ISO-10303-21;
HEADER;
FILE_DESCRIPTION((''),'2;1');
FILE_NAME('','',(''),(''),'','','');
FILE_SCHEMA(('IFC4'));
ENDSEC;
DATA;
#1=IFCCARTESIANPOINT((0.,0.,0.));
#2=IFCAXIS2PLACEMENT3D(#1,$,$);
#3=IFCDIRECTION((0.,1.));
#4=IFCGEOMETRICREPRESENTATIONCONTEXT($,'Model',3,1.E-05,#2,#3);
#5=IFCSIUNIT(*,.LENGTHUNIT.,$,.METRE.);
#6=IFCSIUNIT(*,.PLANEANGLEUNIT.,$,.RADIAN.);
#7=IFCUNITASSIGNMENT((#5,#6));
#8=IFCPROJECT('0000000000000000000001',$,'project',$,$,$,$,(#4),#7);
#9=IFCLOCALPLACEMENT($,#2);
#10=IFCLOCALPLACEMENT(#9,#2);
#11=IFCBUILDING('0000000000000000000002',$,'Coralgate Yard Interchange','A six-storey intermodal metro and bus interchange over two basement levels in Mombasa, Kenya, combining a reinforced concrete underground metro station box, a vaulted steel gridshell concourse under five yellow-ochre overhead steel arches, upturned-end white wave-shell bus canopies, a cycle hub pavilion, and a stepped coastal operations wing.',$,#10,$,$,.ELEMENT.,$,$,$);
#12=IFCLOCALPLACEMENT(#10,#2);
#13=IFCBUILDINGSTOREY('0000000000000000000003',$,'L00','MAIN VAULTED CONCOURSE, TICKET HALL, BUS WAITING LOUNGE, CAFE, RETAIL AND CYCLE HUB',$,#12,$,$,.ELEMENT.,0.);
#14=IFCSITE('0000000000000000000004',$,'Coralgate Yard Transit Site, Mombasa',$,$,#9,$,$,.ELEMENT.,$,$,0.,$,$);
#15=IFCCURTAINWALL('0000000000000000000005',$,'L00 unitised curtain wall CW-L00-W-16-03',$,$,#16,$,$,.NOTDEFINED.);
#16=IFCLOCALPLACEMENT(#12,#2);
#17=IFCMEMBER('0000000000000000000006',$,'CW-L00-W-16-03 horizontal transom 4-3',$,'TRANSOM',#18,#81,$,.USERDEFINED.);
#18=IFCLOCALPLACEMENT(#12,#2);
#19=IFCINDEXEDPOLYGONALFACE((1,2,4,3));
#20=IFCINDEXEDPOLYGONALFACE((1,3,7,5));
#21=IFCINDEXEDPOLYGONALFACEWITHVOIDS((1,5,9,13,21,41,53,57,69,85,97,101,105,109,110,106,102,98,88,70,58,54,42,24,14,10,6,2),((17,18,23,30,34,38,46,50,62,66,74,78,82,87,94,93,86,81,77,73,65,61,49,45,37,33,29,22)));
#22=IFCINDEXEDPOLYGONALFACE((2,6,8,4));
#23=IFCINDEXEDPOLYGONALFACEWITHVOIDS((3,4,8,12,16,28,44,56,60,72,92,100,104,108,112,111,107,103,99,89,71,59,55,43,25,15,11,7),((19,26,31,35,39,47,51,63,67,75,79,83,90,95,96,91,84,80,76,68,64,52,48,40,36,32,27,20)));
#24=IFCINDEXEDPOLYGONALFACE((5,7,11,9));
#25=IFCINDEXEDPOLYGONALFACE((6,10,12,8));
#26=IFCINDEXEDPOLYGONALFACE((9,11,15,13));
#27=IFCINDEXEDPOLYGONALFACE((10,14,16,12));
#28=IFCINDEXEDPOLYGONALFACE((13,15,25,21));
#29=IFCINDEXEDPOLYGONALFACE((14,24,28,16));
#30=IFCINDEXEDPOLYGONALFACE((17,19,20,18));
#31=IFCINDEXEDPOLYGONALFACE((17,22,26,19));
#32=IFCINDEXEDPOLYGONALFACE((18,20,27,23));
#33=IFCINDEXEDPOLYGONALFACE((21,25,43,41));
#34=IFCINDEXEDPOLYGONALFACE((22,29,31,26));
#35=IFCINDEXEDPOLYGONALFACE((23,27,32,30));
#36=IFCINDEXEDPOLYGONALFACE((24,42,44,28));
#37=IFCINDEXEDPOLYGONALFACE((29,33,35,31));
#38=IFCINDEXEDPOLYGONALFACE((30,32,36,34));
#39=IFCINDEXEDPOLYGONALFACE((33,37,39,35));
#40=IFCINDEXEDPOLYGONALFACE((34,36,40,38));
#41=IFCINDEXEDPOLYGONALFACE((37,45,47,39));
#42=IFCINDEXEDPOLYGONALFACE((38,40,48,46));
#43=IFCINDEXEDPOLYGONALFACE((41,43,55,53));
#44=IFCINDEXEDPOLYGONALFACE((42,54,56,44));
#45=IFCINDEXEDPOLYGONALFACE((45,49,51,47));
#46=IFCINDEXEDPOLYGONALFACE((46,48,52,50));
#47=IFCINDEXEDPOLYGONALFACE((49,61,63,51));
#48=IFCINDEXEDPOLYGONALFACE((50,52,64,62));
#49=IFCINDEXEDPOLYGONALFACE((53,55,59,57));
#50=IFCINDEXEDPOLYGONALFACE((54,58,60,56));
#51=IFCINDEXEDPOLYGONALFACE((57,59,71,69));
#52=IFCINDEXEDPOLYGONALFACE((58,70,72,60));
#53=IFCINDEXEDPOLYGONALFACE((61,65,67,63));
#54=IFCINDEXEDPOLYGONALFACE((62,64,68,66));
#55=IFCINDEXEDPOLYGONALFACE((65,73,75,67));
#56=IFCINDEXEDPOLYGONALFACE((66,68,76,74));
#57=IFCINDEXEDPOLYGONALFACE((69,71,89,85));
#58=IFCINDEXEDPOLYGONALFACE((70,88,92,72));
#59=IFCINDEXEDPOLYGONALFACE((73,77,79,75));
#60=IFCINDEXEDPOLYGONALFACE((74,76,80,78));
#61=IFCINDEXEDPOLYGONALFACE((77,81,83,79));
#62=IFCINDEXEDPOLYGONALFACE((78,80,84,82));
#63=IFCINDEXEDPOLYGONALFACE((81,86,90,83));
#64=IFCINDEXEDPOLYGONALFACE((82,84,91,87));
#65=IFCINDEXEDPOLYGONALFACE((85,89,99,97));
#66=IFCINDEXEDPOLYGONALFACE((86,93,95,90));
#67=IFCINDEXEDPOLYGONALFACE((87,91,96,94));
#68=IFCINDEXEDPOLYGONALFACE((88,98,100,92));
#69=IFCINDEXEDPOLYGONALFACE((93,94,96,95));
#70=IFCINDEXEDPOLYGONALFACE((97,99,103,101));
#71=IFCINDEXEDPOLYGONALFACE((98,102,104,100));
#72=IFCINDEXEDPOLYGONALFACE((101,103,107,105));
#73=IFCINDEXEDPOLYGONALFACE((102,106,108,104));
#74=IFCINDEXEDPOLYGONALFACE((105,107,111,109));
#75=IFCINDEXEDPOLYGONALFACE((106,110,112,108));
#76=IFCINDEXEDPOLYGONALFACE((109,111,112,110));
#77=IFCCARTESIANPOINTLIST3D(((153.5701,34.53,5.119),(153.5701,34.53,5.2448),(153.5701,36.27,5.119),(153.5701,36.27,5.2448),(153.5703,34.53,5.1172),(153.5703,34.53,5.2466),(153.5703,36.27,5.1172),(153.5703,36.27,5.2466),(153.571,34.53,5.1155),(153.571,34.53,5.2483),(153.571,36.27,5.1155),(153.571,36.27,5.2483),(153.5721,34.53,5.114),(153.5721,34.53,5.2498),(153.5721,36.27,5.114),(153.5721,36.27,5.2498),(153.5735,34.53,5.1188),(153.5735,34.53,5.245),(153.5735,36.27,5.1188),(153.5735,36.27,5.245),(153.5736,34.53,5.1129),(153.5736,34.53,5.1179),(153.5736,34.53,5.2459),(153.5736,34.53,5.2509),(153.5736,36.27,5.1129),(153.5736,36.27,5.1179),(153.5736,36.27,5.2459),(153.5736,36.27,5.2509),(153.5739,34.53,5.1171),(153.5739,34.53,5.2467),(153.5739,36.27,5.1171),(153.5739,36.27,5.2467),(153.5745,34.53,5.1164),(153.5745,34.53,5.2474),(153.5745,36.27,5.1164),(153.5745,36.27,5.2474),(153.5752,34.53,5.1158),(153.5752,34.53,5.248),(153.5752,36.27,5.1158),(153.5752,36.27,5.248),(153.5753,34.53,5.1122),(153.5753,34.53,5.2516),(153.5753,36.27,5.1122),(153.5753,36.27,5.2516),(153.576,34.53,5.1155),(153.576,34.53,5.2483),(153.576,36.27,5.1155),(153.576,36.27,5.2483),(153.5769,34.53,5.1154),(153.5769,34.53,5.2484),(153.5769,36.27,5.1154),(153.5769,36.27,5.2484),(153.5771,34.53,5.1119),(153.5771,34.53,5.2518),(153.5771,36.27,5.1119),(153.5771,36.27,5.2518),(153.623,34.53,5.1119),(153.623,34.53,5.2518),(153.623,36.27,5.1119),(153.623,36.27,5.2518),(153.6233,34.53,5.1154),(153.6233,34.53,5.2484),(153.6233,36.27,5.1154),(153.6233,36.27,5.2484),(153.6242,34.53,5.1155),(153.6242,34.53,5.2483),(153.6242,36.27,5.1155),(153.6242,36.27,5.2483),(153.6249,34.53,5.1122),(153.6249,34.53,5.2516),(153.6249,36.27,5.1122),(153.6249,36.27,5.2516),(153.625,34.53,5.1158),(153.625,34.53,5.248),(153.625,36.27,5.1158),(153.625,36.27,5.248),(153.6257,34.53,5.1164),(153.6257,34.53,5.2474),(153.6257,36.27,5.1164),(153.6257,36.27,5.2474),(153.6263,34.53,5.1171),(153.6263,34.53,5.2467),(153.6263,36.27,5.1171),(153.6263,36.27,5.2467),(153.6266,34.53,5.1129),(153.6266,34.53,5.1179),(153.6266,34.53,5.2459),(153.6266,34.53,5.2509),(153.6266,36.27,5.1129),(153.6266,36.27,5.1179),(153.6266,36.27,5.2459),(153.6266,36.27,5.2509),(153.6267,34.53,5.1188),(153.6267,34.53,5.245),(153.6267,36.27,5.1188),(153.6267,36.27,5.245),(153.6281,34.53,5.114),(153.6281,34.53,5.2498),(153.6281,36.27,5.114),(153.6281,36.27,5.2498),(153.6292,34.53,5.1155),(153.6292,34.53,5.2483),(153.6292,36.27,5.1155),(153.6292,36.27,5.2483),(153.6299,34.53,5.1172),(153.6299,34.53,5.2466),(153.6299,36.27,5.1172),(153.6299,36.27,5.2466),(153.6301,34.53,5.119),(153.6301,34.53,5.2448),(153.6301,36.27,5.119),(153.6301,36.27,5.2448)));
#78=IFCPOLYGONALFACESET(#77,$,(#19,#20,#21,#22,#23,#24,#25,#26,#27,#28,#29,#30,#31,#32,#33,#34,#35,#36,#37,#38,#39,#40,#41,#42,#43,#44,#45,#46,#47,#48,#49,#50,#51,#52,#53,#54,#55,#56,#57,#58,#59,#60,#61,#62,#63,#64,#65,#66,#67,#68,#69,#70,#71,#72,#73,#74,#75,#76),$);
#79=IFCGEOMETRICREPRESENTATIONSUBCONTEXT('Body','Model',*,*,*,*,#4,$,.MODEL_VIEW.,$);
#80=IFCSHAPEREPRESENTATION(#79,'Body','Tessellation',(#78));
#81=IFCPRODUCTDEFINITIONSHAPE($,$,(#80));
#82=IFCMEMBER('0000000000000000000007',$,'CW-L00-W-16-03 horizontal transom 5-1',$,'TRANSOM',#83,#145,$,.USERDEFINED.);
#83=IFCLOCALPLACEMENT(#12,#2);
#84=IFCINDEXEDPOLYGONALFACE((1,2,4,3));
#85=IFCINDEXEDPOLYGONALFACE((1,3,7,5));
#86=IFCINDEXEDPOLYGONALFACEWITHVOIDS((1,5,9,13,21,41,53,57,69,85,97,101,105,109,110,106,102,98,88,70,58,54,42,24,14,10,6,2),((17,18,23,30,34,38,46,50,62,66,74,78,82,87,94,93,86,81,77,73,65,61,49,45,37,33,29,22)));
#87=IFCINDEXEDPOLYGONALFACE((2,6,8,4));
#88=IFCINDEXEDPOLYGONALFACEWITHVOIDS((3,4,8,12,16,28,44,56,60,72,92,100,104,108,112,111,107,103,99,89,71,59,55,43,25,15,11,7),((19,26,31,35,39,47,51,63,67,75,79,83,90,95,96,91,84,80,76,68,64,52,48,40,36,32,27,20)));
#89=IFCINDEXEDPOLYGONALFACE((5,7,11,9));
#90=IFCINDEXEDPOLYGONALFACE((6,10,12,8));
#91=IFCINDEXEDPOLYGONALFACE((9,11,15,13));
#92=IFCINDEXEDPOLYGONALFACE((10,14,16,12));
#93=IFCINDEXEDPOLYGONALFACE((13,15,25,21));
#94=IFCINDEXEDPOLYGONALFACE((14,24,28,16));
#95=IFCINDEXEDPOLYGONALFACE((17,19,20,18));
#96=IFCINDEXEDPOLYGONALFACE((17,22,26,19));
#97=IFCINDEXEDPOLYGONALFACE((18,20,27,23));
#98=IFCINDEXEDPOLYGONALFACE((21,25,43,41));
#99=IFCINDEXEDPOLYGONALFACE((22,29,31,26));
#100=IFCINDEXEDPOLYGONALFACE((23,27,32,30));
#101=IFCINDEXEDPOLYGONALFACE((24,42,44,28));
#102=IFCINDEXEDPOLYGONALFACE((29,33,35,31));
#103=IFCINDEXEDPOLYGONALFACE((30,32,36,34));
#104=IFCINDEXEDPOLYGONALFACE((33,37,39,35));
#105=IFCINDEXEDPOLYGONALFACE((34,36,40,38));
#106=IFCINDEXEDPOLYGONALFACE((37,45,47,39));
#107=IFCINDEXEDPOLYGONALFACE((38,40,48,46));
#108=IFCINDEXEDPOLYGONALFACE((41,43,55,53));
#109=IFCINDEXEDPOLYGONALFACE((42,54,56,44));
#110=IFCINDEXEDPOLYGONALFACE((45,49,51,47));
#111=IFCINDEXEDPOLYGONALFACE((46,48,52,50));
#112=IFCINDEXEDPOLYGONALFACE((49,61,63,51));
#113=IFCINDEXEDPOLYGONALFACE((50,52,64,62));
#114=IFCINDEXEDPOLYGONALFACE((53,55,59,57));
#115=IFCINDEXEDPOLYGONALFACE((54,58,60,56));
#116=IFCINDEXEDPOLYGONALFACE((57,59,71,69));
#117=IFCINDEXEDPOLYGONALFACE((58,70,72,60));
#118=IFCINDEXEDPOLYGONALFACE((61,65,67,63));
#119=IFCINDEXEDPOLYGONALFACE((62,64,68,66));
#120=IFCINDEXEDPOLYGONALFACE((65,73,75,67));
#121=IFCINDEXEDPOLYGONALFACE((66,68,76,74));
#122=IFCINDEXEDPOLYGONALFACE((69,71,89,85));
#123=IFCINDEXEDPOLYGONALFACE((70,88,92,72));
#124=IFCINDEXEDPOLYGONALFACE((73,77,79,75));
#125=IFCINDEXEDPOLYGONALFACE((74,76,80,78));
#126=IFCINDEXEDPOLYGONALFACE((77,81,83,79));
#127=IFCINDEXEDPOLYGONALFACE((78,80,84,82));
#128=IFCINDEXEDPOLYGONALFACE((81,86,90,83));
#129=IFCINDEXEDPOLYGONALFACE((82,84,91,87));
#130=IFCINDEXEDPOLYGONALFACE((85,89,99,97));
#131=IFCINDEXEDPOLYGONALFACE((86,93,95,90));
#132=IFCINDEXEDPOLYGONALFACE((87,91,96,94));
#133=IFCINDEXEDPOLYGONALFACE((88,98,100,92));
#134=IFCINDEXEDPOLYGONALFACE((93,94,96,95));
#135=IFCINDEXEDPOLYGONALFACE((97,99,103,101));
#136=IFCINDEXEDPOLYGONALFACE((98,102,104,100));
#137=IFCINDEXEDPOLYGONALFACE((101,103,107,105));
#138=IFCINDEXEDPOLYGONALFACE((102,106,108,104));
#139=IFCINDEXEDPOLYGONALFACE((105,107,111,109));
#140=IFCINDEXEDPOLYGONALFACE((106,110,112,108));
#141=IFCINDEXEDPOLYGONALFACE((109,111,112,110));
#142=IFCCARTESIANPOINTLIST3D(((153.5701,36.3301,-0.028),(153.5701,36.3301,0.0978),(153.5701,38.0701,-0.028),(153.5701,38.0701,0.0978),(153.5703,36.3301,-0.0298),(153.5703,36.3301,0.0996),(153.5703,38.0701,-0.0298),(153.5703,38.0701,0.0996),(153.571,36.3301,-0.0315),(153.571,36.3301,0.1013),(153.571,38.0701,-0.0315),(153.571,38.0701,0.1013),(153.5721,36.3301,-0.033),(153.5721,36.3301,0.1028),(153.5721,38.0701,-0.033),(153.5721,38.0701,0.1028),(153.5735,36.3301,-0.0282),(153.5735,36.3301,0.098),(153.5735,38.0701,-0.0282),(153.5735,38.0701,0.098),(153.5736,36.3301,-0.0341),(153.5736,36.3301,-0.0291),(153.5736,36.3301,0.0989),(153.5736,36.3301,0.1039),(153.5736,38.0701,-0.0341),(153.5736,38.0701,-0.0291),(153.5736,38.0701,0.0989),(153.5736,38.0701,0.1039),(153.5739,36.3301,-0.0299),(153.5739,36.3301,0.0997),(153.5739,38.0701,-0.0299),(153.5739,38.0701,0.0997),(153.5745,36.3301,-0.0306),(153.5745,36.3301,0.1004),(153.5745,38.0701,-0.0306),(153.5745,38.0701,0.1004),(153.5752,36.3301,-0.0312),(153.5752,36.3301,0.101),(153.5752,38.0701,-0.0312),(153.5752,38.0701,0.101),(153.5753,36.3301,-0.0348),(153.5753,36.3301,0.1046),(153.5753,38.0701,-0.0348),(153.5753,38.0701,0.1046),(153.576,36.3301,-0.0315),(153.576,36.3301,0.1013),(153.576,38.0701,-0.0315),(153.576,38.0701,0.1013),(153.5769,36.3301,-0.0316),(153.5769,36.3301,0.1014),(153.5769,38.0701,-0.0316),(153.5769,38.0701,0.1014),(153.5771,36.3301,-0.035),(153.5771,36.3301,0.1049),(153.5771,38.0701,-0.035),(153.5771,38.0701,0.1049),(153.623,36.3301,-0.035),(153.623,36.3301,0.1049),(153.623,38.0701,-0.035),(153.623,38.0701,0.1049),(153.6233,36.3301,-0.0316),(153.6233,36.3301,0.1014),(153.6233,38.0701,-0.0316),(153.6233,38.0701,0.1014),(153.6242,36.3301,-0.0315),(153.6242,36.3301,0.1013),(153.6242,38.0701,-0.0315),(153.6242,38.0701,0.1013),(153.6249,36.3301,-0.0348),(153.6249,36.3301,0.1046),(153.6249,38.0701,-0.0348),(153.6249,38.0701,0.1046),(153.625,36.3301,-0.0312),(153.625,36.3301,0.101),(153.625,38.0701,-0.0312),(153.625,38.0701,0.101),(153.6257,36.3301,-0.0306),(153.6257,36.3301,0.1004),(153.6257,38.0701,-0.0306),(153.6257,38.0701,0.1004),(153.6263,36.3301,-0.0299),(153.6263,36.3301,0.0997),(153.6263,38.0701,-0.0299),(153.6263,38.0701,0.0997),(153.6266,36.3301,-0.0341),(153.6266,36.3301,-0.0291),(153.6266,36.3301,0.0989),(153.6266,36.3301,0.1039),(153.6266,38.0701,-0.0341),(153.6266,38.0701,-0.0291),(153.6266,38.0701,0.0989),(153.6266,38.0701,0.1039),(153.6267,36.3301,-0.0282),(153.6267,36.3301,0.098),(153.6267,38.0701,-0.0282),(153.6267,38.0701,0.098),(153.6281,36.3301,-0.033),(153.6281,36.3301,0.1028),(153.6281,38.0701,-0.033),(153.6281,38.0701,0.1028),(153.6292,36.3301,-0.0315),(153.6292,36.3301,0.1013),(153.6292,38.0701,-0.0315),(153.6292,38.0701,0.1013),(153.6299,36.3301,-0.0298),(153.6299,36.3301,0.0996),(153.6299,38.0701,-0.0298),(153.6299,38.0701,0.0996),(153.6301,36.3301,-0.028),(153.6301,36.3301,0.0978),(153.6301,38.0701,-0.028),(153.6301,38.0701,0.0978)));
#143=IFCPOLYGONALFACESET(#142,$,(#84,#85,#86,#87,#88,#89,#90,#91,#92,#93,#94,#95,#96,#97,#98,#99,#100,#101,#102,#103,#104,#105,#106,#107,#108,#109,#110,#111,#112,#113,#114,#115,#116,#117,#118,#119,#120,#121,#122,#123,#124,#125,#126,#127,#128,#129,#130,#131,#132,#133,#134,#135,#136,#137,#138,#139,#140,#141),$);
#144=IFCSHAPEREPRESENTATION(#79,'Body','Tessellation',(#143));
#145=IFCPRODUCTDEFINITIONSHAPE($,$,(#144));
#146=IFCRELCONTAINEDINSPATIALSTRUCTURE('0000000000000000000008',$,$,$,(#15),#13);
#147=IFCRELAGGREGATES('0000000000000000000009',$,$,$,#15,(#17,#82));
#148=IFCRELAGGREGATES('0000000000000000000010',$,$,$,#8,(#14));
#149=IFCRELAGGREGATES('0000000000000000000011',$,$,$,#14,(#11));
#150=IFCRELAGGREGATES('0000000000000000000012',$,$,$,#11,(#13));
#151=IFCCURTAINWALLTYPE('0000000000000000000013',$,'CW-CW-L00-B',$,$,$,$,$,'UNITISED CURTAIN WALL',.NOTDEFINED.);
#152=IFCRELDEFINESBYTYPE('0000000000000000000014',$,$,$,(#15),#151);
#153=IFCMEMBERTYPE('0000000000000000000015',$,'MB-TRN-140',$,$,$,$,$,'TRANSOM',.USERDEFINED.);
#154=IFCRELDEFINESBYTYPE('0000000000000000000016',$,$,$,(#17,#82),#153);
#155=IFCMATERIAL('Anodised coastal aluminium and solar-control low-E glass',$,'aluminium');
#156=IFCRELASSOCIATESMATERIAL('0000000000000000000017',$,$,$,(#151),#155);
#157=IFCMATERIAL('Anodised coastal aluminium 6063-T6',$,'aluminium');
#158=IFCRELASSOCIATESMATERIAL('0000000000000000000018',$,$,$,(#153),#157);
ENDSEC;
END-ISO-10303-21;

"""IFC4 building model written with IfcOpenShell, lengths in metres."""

from ifc_helpers import new_model, si_unit, direction, frame, origin, origin_2d, place, context, subcontext, project, spatial, hollow_rectangle, extrude, material, material_profile, profile_set, type_object, element, aggregate, save


model = new_model("IFC4")

# Units and contexts
model_context = context("Model", 3, precision=1e-05, world=origin(), true_north=direction((0.0, 1.0)))
body_context = subcontext(model_context, "Body", "Model", "MODEL_VIEW")
ifc_project = project(units=[si_unit("LENGTHUNIT", "METRE"), si_unit("PLANEANGLEUNIT", "RADIAN")], contexts=[model_context])

# Site, building, storey
site_placement = place(None, origin())
site = spatial("IfcSite", under=ifc_project, at=site_placement, Name="Coralgate Yard Transit Site, Mombasa", CompositionType="ELEMENT", RefElevation=0.0)
building_placement = place(site_placement, origin())
building = spatial("IfcBuilding", under=site, at=building_placement, Name="Coralgate Yard Interchange", Description="A six-storey intermodal metro and bus interchange over two basement levels in Mombasa, Kenya, combining a reinforced concrete underground metro station box, a vaulted steel gridshell concourse under five yellow-ochre overhead steel arches, upturned-end white wave-shell bus canopies, a cycle hub pavilion, and a stepped coastal operations wing.", CompositionType="ELEMENT")
storey_placement = place(building_placement, origin())
storey = spatial("IfcBuildingStorey", under=building, at=storey_placement, Name="L00", Description="MAIN VAULTED CONCOURSE, TICKET HALL, BUS WAITING LOUNGE, CAFE, RETAIL AND CYCLE HUB", CompositionType="ELEMENT", Elevation=0.0)

# Curtain wall, members
ifc_material_1 = material(Name="Anodised coastal aluminium and solar-control low-E glass", Category="aluminium")
curtain_wall_type = type_object("IfcCurtainWallType", Name="CW-CW-L00-B", ElementType="UNITISED CURTAIN WALL", PredefinedType="NOTDEFINED", material=ifc_material_1)
curtain_wall_placement = place(storey_placement, origin())
curtain_wall = element("IfcCurtainWall", 1, at=curtain_wall_placement, inside=storey, type_object=curtain_wall_type, Name="L00 unitised curtain wall CW-L00-W-16-03", PredefinedType="NOTDEFINED")
ifc_material_2 = material(Name="Anodised coastal aluminium 6063-T6", Category="aluminium")
ifc_material_profile_1 = material_profile(ifc_material_2, hollow_rectangle(XDim=0.0601, YDim=0.1399, WallThickness=0.0034, InnerFilletRadius=0.0034, OuterFilletRadius=0.0071, at=origin_2d()), Name="ALU 60x140x3.5")
ifc_profile_set_1 = profile_set([ifc_material_profile_1], Name="Anodised coastal aluminium 6063-T6")
member_type_1 = type_object("IfcMemberType", Name="MB-TRN-140", ElementType="TRANSOM", PredefinedType="USERDEFINED", material=ifc_profile_set_1)
member_1_placement = place(storey_placement, frame((153.6001, 34.53, 5.1819), z_axis=(0.0, 1.0, 0.0), x_axis=(-1.0, 0.0, 0.0)))
member_1 = element("IfcMember", 2, at=member_1_placement, type_object=member_type_1, Name="CW-L00-W-16-03 horizontal transom 4-3", ObjectType="TRANSOM", PredefinedType="USERDEFINED", context=body_context, shape_type="SweptSolid", body=[
    extrude(hollow_rectangle(XDim=0.0601, YDim=0.1399, WallThickness=0.0034, InnerFilletRadius=0.0034, OuterFilletRadius=0.0071, at=origin_2d()), origin(), (0.0, 0.0, 1.0), 1.74),
])
member_2_placement = place(storey_placement, frame((153.6001, 36.3301, 0.0349), z_axis=(0.0, 1.0, 0.0), x_axis=(-1.0, 0.0, 0.0)))
member_2 = element("IfcMember", 3, at=member_2_placement, type_object=member_type_1, Name="CW-L00-W-16-03 horizontal transom 5-1", ObjectType="TRANSOM", PredefinedType="USERDEFINED", context=body_context, shape_type="SweptSolid", body=[
    extrude(hollow_rectangle(XDim=0.0601, YDim=0.1399, WallThickness=0.0034, InnerFilletRadius=0.0034, OuterFilletRadius=0.0071, at=origin_2d()), origin(), (0.0, 0.0, 1.0), 1.74),
])
aggregate(curtain_wall, [member_1, member_2])

save(model, "model.ifc")
